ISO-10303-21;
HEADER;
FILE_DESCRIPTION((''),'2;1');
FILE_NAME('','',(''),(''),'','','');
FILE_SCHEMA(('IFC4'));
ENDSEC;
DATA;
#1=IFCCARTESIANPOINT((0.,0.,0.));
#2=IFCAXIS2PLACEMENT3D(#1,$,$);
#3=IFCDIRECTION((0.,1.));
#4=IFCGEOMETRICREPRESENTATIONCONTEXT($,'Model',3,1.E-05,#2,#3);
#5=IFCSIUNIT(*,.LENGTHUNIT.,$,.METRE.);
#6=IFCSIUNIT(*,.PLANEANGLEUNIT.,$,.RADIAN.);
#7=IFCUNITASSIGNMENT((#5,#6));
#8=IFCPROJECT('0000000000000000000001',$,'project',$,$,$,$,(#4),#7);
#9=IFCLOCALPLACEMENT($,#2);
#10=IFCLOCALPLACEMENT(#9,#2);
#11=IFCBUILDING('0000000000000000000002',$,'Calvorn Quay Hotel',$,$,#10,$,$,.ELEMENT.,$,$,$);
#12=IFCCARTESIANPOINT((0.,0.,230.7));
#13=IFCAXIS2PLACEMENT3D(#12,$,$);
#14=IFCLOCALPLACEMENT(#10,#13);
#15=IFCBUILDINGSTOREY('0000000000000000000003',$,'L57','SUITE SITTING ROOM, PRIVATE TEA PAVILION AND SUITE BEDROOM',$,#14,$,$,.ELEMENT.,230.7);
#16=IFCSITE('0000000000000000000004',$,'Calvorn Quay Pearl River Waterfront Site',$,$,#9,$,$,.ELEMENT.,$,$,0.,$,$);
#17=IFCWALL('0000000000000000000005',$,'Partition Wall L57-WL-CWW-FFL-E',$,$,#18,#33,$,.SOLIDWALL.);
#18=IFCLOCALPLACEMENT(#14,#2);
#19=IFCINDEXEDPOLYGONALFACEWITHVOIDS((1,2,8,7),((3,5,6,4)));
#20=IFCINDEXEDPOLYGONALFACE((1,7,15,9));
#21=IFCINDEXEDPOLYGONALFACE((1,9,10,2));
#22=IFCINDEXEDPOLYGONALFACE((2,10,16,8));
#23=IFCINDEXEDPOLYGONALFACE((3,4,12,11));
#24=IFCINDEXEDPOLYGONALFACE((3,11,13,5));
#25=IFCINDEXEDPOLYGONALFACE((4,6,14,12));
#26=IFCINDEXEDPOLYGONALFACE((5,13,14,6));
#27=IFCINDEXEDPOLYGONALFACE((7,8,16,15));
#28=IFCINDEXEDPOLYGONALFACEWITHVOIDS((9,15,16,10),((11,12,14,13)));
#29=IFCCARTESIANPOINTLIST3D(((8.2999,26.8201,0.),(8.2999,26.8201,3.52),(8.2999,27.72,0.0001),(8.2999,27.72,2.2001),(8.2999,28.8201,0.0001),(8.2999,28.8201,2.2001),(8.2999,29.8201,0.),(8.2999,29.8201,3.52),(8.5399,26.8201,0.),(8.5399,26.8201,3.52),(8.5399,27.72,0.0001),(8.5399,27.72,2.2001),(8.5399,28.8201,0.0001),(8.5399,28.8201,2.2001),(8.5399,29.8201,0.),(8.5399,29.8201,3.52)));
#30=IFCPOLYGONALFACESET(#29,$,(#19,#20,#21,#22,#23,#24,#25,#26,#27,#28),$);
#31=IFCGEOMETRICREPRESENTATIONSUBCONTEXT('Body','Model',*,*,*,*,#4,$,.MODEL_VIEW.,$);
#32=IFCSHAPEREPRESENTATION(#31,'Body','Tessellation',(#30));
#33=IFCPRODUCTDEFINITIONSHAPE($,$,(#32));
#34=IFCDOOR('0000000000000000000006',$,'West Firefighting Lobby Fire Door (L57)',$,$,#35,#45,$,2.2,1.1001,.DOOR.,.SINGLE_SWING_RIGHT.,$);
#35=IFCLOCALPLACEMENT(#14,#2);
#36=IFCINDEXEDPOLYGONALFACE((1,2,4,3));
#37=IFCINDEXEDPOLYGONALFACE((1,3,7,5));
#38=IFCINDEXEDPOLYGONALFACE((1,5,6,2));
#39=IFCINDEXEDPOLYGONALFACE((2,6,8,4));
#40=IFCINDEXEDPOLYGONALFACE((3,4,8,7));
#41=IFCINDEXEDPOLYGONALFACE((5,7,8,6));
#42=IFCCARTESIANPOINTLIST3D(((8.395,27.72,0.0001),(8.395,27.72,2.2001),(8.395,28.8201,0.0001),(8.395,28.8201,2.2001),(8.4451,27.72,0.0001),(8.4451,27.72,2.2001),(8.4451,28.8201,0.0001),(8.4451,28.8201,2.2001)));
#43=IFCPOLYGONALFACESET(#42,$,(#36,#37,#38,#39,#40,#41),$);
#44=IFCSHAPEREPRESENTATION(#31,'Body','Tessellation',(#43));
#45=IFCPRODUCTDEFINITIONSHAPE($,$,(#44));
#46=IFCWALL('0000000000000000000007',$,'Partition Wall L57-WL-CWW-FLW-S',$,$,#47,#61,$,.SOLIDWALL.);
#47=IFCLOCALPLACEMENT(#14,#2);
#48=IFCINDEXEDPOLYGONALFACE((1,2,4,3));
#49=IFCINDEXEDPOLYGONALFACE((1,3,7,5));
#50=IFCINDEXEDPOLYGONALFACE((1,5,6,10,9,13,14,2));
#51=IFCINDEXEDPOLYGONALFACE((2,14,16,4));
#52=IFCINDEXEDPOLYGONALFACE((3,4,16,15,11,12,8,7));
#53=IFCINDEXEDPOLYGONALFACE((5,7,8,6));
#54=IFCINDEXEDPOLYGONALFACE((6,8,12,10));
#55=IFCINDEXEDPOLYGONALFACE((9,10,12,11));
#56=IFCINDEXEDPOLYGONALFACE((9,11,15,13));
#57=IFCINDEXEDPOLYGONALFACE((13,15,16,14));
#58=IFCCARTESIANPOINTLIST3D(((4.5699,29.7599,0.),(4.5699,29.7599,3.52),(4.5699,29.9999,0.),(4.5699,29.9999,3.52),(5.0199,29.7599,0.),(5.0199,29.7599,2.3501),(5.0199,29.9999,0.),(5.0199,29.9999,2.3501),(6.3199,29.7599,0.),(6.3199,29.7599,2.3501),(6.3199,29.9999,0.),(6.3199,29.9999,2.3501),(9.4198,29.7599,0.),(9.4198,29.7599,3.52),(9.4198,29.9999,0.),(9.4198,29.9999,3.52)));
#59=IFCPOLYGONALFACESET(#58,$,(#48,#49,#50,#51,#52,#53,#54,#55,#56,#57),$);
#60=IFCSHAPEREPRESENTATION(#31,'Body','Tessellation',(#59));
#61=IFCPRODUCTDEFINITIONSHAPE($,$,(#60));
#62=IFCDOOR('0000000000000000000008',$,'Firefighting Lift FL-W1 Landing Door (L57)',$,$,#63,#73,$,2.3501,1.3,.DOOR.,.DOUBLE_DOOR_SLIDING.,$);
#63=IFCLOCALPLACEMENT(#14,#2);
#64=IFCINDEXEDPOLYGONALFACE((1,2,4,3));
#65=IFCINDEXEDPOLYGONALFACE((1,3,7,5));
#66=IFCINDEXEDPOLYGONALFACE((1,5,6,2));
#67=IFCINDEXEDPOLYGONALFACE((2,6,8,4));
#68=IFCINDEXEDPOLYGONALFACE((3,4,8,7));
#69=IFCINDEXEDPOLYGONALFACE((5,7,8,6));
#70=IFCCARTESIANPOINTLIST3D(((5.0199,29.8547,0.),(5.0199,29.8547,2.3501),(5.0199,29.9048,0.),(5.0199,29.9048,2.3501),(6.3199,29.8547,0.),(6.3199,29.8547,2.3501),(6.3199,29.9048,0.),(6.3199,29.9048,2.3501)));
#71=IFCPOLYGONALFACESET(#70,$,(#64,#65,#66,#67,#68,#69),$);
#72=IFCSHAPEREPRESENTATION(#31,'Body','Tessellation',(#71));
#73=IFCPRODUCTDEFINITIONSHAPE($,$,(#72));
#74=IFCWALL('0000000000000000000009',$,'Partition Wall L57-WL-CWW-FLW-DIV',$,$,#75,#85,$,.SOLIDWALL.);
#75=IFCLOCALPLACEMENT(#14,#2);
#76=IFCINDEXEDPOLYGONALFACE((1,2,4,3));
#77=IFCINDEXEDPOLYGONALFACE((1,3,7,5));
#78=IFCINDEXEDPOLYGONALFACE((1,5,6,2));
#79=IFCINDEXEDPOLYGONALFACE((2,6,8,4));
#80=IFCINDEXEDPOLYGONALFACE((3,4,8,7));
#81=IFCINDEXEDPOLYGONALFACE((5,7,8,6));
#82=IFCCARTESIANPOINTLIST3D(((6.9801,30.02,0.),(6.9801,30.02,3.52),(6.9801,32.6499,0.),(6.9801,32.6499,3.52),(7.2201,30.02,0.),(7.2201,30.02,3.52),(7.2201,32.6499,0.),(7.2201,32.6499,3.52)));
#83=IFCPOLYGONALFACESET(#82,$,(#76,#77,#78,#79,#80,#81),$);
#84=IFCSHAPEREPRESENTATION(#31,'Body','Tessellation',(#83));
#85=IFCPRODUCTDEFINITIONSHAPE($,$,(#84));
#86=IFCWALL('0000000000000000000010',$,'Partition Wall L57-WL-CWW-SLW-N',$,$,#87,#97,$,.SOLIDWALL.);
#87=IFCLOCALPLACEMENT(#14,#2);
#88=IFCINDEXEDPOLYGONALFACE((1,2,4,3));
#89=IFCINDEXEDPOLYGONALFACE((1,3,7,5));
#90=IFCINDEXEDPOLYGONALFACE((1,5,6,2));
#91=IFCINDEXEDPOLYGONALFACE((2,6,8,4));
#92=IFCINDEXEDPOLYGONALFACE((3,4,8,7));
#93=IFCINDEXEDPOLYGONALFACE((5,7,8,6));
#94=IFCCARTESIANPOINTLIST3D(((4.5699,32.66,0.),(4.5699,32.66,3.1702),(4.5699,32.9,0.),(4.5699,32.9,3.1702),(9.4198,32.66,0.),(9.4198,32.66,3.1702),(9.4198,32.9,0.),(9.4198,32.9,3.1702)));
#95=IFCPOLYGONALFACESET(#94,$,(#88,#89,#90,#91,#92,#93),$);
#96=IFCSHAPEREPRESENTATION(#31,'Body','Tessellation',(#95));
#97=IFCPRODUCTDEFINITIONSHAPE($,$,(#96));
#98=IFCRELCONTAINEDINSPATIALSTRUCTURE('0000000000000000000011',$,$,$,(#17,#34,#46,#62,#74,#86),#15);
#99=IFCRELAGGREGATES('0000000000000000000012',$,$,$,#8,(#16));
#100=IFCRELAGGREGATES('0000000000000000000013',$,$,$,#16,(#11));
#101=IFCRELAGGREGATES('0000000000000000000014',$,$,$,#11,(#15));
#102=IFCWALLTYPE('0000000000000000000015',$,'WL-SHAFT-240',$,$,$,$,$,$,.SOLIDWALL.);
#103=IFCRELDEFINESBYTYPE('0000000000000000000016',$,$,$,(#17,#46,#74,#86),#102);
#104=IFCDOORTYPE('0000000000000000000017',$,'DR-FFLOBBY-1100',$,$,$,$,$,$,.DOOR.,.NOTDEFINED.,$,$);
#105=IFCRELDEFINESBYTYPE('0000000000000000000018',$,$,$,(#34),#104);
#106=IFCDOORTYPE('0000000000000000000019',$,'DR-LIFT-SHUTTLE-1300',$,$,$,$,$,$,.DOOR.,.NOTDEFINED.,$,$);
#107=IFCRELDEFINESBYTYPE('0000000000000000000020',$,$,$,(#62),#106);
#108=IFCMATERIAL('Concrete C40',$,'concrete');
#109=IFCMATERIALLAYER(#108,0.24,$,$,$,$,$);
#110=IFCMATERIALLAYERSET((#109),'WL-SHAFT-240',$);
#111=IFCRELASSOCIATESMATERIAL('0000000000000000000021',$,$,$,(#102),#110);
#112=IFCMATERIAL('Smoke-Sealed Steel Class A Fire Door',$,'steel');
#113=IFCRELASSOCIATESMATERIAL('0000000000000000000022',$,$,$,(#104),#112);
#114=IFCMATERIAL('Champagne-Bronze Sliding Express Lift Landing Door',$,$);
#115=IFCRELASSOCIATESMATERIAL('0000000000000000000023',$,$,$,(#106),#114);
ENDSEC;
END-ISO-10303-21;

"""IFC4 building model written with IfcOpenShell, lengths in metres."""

from ifc_helpers import new_model, si_unit, direction, frame, frame_2d, origin, place, context, subcontext, project, spatial, rectangle, extrude, material, layer, layer_set, type_object, element, fill, save


model = new_model("IFC4")

# Units and contexts
model_context = context("Model", 3, precision=1e-05, world=origin(), true_north=direction((0.0, 1.0)))
body_context = subcontext(model_context, "Body", "Model", "MODEL_VIEW")
ifc_project = project(units=[si_unit("LENGTHUNIT", "METRE"), si_unit("PLANEANGLEUNIT", "RADIAN")], contexts=[model_context])

# Site, building, storey
site_placement = place(None, origin())
site = spatial("IfcSite", under=ifc_project, at=site_placement, Name="Calvorn Quay Pearl River Waterfront Site", CompositionType="ELEMENT", RefElevation=0.0)
building_placement = place(site_placement, origin())
building = spatial("IfcBuilding", under=site, at=building_placement, Name="Calvorn Quay Hotel", CompositionType="ELEMENT")
storey_placement = place(building_placement, frame((0.0, 0.0, 230.7)))
storey = spatial("IfcBuildingStorey", under=building, at=storey_placement, Name="L57", Description="SUITE SITTING ROOM, PRIVATE TEA PAVILION AND SUITE BEDROOM", CompositionType="ELEMENT", Elevation=230.7)

# Walls, openings, doors
ifc_material_1 = material(Name="Concrete C40", Category="concrete")
ifc_layer_1 = layer(ifc_material_1, 0.24)
ifc_layer_set_1 = layer_set([ifc_layer_1], Name="WL-SHAFT-240")
wall_type_1 = type_object("IfcWallType", Name="WL-SHAFT-240", PredefinedType="SOLIDWALL", material=ifc_layer_set_1)
wall_1_placement = place(storey_placement, frame((8.4199, 26.8201, 0.0), z_axis=(0.0, 0.0, 1.0), x_axis=(0.0, 1.0, 0.0)))
wall_1 = element("IfcWall", 1, at=wall_1_placement, inside=storey, type_object=wall_type_1, Name="Partition Wall L57-WL-CWW-FFL-E", PredefinedType="SOLIDWALL", context=body_context, shape_type="SweptSolid", body=[
    extrude(rectangle(XDim=3.0, YDim=0.24, at=frame_2d((1.5, 0.0))), origin(), (0.0, 0.0, 1.0), 3.52),
])
opening_1_placement = place(wall_1_placement, frame((0.8999, 0.0, 0.0)))
opening_1 = element("IfcOpeningElement", 2, at=opening_1_placement, cuts=wall_1, PredefinedType="OPENING", context=body_context, shape_type="SweptSolid", body=[
    extrude(rectangle(XDim=1.1001, YDim=2.2, at=frame_2d((0.55, 1.1001))), frame((0.0, 0.1299, 0.0), z_axis=(0.0, -1.0, 0.0), x_axis=(1.0, 0.0, 0.0)), (0.0, 0.0, 1.0), 0.26),
])
ifc_material_2 = material(Name="Smoke-Sealed Steel Class A Fire Door", Category="steel")
door_type_1 = type_object("IfcDoorType", Name="DR-FFLOBBY-1100", OperationType="NOTDEFINED", PredefinedType="DOOR", material=ifc_material_2)
door_1_placement = place(opening_1_placement, origin())
door_1 = element("IfcDoor", 3, at=door_1_placement, inside=storey, type_object=door_type_1, Name="West Firefighting Lobby Fire Door (L57)", OperationType="SINGLE_SWING_RIGHT", OverallHeight=2.2, OverallWidth=1.1001, PredefinedType="DOOR", context=body_context, shape_type="SweptSolid", body=[
    extrude(rectangle(XDim=1.1001, YDim=2.2, at=frame_2d((0.55, 1.1001))), frame((0.0, 0.0249, 0.0), z_axis=(0.0, -1.0, 0.0), x_axis=(1.0, 0.0, 0.0)), (0.0, 0.0, 1.0), 0.05),
])
fill(opening_1, door_1)
wall_2_placement = place(storey_placement, frame((4.5701, 29.8799, 0.0), z_axis=(0.0, 0.0, 1.0), x_axis=(1.0, 0.0, 0.0)))
wall_2 = element("IfcWall", 4, at=wall_2_placement, inside=storey, type_object=wall_type_1, Name="Partition Wall L57-WL-CWW-FLW-S", PredefinedType="SOLIDWALL", context=body_context, shape_type="SweptSolid", body=[
    extrude(rectangle(XDim=4.8499, YDim=0.24, at=frame_2d((2.4248, 0.0))), origin(), (0.0, 0.0, 1.0), 3.52),
])
opening_2_placement = place(wall_2_placement, frame((0.45, 0.0, 0.0)))
opening_2 = element("IfcOpeningElement", 5, at=opening_2_placement, cuts=wall_2, PredefinedType="OPENING", context=body_context, shape_type="SweptSolid", body=[
    extrude(rectangle(XDim=1.3, YDim=2.3501, at=frame_2d((0.6499, 1.175))), frame((0.0, 0.1299, 0.0), z_axis=(0.0, -1.0, 0.0), x_axis=(1.0, 0.0, 0.0)), (0.0, 0.0, 1.0), 0.26),
])
ifc_material_3 = material(Name="Champagne-Bronze Sliding Express Lift Landing Door")
door_type_2 = type_object("IfcDoorType", Name="DR-LIFT-SHUTTLE-1300", OperationType="NOTDEFINED", PredefinedType="DOOR", material=ifc_material_3)
door_2_placement = place(opening_2_placement, origin())
door_2 = element("IfcDoor", 6, at=door_2_placement, inside=storey, type_object=door_type_2, Name="Firefighting Lift FL-W1 Landing Door (L57)", OperationType="DOUBLE_DOOR_SLIDING", OverallHeight=2.3501, OverallWidth=1.3, PredefinedType="DOOR", context=body_context, shape_type="SweptSolid", body=[
    extrude(rectangle(XDim=1.3, YDim=2.3501, at=frame_2d((0.6499, 1.175))), frame((0.0, 0.0249, 0.0), z_axis=(0.0, -1.0, 0.0), x_axis=(1.0, 0.0, 0.0)), (0.0, 0.0, 1.0), 0.05),
])
fill(opening_2, door_2)

# Walls
wall_3_placement = place(storey_placement, frame((7.1001, 30.02, 0.0), z_axis=(0.0, 0.0, 1.0), x_axis=(0.0, 1.0, 0.0)))
element("IfcWall", 7, at=wall_3_placement, inside=storey, type_object=wall_type_1, Name="Partition Wall L57-WL-CWW-FLW-DIV", PredefinedType="SOLIDWALL", context=body_context, shape_type="SweptSolid", body=[
    extrude(rectangle(XDim=2.6299, YDim=0.24, at=frame_2d((1.3149, 0.0))), origin(), (0.0, 0.0, 1.0), 3.52),
])
wall_4_placement = place(storey_placement, frame((4.5701, 32.78, 0.0), z_axis=(0.0, 0.0, 1.0), x_axis=(1.0, 0.0, 0.0)))
element("IfcWall", 8, at=wall_4_placement, inside=storey, type_object=wall_type_1, Name="Partition Wall L57-WL-CWW-SLW-N", PredefinedType="SOLIDWALL", context=body_context, shape_type="SweptSolid", body=[
    extrude(rectangle(XDim=4.8499, YDim=0.24, at=frame_2d((2.4248, 0.0))), origin(), (0.0, 0.0, 1.0), 3.1702),
])

save(model, "model.ifc")
